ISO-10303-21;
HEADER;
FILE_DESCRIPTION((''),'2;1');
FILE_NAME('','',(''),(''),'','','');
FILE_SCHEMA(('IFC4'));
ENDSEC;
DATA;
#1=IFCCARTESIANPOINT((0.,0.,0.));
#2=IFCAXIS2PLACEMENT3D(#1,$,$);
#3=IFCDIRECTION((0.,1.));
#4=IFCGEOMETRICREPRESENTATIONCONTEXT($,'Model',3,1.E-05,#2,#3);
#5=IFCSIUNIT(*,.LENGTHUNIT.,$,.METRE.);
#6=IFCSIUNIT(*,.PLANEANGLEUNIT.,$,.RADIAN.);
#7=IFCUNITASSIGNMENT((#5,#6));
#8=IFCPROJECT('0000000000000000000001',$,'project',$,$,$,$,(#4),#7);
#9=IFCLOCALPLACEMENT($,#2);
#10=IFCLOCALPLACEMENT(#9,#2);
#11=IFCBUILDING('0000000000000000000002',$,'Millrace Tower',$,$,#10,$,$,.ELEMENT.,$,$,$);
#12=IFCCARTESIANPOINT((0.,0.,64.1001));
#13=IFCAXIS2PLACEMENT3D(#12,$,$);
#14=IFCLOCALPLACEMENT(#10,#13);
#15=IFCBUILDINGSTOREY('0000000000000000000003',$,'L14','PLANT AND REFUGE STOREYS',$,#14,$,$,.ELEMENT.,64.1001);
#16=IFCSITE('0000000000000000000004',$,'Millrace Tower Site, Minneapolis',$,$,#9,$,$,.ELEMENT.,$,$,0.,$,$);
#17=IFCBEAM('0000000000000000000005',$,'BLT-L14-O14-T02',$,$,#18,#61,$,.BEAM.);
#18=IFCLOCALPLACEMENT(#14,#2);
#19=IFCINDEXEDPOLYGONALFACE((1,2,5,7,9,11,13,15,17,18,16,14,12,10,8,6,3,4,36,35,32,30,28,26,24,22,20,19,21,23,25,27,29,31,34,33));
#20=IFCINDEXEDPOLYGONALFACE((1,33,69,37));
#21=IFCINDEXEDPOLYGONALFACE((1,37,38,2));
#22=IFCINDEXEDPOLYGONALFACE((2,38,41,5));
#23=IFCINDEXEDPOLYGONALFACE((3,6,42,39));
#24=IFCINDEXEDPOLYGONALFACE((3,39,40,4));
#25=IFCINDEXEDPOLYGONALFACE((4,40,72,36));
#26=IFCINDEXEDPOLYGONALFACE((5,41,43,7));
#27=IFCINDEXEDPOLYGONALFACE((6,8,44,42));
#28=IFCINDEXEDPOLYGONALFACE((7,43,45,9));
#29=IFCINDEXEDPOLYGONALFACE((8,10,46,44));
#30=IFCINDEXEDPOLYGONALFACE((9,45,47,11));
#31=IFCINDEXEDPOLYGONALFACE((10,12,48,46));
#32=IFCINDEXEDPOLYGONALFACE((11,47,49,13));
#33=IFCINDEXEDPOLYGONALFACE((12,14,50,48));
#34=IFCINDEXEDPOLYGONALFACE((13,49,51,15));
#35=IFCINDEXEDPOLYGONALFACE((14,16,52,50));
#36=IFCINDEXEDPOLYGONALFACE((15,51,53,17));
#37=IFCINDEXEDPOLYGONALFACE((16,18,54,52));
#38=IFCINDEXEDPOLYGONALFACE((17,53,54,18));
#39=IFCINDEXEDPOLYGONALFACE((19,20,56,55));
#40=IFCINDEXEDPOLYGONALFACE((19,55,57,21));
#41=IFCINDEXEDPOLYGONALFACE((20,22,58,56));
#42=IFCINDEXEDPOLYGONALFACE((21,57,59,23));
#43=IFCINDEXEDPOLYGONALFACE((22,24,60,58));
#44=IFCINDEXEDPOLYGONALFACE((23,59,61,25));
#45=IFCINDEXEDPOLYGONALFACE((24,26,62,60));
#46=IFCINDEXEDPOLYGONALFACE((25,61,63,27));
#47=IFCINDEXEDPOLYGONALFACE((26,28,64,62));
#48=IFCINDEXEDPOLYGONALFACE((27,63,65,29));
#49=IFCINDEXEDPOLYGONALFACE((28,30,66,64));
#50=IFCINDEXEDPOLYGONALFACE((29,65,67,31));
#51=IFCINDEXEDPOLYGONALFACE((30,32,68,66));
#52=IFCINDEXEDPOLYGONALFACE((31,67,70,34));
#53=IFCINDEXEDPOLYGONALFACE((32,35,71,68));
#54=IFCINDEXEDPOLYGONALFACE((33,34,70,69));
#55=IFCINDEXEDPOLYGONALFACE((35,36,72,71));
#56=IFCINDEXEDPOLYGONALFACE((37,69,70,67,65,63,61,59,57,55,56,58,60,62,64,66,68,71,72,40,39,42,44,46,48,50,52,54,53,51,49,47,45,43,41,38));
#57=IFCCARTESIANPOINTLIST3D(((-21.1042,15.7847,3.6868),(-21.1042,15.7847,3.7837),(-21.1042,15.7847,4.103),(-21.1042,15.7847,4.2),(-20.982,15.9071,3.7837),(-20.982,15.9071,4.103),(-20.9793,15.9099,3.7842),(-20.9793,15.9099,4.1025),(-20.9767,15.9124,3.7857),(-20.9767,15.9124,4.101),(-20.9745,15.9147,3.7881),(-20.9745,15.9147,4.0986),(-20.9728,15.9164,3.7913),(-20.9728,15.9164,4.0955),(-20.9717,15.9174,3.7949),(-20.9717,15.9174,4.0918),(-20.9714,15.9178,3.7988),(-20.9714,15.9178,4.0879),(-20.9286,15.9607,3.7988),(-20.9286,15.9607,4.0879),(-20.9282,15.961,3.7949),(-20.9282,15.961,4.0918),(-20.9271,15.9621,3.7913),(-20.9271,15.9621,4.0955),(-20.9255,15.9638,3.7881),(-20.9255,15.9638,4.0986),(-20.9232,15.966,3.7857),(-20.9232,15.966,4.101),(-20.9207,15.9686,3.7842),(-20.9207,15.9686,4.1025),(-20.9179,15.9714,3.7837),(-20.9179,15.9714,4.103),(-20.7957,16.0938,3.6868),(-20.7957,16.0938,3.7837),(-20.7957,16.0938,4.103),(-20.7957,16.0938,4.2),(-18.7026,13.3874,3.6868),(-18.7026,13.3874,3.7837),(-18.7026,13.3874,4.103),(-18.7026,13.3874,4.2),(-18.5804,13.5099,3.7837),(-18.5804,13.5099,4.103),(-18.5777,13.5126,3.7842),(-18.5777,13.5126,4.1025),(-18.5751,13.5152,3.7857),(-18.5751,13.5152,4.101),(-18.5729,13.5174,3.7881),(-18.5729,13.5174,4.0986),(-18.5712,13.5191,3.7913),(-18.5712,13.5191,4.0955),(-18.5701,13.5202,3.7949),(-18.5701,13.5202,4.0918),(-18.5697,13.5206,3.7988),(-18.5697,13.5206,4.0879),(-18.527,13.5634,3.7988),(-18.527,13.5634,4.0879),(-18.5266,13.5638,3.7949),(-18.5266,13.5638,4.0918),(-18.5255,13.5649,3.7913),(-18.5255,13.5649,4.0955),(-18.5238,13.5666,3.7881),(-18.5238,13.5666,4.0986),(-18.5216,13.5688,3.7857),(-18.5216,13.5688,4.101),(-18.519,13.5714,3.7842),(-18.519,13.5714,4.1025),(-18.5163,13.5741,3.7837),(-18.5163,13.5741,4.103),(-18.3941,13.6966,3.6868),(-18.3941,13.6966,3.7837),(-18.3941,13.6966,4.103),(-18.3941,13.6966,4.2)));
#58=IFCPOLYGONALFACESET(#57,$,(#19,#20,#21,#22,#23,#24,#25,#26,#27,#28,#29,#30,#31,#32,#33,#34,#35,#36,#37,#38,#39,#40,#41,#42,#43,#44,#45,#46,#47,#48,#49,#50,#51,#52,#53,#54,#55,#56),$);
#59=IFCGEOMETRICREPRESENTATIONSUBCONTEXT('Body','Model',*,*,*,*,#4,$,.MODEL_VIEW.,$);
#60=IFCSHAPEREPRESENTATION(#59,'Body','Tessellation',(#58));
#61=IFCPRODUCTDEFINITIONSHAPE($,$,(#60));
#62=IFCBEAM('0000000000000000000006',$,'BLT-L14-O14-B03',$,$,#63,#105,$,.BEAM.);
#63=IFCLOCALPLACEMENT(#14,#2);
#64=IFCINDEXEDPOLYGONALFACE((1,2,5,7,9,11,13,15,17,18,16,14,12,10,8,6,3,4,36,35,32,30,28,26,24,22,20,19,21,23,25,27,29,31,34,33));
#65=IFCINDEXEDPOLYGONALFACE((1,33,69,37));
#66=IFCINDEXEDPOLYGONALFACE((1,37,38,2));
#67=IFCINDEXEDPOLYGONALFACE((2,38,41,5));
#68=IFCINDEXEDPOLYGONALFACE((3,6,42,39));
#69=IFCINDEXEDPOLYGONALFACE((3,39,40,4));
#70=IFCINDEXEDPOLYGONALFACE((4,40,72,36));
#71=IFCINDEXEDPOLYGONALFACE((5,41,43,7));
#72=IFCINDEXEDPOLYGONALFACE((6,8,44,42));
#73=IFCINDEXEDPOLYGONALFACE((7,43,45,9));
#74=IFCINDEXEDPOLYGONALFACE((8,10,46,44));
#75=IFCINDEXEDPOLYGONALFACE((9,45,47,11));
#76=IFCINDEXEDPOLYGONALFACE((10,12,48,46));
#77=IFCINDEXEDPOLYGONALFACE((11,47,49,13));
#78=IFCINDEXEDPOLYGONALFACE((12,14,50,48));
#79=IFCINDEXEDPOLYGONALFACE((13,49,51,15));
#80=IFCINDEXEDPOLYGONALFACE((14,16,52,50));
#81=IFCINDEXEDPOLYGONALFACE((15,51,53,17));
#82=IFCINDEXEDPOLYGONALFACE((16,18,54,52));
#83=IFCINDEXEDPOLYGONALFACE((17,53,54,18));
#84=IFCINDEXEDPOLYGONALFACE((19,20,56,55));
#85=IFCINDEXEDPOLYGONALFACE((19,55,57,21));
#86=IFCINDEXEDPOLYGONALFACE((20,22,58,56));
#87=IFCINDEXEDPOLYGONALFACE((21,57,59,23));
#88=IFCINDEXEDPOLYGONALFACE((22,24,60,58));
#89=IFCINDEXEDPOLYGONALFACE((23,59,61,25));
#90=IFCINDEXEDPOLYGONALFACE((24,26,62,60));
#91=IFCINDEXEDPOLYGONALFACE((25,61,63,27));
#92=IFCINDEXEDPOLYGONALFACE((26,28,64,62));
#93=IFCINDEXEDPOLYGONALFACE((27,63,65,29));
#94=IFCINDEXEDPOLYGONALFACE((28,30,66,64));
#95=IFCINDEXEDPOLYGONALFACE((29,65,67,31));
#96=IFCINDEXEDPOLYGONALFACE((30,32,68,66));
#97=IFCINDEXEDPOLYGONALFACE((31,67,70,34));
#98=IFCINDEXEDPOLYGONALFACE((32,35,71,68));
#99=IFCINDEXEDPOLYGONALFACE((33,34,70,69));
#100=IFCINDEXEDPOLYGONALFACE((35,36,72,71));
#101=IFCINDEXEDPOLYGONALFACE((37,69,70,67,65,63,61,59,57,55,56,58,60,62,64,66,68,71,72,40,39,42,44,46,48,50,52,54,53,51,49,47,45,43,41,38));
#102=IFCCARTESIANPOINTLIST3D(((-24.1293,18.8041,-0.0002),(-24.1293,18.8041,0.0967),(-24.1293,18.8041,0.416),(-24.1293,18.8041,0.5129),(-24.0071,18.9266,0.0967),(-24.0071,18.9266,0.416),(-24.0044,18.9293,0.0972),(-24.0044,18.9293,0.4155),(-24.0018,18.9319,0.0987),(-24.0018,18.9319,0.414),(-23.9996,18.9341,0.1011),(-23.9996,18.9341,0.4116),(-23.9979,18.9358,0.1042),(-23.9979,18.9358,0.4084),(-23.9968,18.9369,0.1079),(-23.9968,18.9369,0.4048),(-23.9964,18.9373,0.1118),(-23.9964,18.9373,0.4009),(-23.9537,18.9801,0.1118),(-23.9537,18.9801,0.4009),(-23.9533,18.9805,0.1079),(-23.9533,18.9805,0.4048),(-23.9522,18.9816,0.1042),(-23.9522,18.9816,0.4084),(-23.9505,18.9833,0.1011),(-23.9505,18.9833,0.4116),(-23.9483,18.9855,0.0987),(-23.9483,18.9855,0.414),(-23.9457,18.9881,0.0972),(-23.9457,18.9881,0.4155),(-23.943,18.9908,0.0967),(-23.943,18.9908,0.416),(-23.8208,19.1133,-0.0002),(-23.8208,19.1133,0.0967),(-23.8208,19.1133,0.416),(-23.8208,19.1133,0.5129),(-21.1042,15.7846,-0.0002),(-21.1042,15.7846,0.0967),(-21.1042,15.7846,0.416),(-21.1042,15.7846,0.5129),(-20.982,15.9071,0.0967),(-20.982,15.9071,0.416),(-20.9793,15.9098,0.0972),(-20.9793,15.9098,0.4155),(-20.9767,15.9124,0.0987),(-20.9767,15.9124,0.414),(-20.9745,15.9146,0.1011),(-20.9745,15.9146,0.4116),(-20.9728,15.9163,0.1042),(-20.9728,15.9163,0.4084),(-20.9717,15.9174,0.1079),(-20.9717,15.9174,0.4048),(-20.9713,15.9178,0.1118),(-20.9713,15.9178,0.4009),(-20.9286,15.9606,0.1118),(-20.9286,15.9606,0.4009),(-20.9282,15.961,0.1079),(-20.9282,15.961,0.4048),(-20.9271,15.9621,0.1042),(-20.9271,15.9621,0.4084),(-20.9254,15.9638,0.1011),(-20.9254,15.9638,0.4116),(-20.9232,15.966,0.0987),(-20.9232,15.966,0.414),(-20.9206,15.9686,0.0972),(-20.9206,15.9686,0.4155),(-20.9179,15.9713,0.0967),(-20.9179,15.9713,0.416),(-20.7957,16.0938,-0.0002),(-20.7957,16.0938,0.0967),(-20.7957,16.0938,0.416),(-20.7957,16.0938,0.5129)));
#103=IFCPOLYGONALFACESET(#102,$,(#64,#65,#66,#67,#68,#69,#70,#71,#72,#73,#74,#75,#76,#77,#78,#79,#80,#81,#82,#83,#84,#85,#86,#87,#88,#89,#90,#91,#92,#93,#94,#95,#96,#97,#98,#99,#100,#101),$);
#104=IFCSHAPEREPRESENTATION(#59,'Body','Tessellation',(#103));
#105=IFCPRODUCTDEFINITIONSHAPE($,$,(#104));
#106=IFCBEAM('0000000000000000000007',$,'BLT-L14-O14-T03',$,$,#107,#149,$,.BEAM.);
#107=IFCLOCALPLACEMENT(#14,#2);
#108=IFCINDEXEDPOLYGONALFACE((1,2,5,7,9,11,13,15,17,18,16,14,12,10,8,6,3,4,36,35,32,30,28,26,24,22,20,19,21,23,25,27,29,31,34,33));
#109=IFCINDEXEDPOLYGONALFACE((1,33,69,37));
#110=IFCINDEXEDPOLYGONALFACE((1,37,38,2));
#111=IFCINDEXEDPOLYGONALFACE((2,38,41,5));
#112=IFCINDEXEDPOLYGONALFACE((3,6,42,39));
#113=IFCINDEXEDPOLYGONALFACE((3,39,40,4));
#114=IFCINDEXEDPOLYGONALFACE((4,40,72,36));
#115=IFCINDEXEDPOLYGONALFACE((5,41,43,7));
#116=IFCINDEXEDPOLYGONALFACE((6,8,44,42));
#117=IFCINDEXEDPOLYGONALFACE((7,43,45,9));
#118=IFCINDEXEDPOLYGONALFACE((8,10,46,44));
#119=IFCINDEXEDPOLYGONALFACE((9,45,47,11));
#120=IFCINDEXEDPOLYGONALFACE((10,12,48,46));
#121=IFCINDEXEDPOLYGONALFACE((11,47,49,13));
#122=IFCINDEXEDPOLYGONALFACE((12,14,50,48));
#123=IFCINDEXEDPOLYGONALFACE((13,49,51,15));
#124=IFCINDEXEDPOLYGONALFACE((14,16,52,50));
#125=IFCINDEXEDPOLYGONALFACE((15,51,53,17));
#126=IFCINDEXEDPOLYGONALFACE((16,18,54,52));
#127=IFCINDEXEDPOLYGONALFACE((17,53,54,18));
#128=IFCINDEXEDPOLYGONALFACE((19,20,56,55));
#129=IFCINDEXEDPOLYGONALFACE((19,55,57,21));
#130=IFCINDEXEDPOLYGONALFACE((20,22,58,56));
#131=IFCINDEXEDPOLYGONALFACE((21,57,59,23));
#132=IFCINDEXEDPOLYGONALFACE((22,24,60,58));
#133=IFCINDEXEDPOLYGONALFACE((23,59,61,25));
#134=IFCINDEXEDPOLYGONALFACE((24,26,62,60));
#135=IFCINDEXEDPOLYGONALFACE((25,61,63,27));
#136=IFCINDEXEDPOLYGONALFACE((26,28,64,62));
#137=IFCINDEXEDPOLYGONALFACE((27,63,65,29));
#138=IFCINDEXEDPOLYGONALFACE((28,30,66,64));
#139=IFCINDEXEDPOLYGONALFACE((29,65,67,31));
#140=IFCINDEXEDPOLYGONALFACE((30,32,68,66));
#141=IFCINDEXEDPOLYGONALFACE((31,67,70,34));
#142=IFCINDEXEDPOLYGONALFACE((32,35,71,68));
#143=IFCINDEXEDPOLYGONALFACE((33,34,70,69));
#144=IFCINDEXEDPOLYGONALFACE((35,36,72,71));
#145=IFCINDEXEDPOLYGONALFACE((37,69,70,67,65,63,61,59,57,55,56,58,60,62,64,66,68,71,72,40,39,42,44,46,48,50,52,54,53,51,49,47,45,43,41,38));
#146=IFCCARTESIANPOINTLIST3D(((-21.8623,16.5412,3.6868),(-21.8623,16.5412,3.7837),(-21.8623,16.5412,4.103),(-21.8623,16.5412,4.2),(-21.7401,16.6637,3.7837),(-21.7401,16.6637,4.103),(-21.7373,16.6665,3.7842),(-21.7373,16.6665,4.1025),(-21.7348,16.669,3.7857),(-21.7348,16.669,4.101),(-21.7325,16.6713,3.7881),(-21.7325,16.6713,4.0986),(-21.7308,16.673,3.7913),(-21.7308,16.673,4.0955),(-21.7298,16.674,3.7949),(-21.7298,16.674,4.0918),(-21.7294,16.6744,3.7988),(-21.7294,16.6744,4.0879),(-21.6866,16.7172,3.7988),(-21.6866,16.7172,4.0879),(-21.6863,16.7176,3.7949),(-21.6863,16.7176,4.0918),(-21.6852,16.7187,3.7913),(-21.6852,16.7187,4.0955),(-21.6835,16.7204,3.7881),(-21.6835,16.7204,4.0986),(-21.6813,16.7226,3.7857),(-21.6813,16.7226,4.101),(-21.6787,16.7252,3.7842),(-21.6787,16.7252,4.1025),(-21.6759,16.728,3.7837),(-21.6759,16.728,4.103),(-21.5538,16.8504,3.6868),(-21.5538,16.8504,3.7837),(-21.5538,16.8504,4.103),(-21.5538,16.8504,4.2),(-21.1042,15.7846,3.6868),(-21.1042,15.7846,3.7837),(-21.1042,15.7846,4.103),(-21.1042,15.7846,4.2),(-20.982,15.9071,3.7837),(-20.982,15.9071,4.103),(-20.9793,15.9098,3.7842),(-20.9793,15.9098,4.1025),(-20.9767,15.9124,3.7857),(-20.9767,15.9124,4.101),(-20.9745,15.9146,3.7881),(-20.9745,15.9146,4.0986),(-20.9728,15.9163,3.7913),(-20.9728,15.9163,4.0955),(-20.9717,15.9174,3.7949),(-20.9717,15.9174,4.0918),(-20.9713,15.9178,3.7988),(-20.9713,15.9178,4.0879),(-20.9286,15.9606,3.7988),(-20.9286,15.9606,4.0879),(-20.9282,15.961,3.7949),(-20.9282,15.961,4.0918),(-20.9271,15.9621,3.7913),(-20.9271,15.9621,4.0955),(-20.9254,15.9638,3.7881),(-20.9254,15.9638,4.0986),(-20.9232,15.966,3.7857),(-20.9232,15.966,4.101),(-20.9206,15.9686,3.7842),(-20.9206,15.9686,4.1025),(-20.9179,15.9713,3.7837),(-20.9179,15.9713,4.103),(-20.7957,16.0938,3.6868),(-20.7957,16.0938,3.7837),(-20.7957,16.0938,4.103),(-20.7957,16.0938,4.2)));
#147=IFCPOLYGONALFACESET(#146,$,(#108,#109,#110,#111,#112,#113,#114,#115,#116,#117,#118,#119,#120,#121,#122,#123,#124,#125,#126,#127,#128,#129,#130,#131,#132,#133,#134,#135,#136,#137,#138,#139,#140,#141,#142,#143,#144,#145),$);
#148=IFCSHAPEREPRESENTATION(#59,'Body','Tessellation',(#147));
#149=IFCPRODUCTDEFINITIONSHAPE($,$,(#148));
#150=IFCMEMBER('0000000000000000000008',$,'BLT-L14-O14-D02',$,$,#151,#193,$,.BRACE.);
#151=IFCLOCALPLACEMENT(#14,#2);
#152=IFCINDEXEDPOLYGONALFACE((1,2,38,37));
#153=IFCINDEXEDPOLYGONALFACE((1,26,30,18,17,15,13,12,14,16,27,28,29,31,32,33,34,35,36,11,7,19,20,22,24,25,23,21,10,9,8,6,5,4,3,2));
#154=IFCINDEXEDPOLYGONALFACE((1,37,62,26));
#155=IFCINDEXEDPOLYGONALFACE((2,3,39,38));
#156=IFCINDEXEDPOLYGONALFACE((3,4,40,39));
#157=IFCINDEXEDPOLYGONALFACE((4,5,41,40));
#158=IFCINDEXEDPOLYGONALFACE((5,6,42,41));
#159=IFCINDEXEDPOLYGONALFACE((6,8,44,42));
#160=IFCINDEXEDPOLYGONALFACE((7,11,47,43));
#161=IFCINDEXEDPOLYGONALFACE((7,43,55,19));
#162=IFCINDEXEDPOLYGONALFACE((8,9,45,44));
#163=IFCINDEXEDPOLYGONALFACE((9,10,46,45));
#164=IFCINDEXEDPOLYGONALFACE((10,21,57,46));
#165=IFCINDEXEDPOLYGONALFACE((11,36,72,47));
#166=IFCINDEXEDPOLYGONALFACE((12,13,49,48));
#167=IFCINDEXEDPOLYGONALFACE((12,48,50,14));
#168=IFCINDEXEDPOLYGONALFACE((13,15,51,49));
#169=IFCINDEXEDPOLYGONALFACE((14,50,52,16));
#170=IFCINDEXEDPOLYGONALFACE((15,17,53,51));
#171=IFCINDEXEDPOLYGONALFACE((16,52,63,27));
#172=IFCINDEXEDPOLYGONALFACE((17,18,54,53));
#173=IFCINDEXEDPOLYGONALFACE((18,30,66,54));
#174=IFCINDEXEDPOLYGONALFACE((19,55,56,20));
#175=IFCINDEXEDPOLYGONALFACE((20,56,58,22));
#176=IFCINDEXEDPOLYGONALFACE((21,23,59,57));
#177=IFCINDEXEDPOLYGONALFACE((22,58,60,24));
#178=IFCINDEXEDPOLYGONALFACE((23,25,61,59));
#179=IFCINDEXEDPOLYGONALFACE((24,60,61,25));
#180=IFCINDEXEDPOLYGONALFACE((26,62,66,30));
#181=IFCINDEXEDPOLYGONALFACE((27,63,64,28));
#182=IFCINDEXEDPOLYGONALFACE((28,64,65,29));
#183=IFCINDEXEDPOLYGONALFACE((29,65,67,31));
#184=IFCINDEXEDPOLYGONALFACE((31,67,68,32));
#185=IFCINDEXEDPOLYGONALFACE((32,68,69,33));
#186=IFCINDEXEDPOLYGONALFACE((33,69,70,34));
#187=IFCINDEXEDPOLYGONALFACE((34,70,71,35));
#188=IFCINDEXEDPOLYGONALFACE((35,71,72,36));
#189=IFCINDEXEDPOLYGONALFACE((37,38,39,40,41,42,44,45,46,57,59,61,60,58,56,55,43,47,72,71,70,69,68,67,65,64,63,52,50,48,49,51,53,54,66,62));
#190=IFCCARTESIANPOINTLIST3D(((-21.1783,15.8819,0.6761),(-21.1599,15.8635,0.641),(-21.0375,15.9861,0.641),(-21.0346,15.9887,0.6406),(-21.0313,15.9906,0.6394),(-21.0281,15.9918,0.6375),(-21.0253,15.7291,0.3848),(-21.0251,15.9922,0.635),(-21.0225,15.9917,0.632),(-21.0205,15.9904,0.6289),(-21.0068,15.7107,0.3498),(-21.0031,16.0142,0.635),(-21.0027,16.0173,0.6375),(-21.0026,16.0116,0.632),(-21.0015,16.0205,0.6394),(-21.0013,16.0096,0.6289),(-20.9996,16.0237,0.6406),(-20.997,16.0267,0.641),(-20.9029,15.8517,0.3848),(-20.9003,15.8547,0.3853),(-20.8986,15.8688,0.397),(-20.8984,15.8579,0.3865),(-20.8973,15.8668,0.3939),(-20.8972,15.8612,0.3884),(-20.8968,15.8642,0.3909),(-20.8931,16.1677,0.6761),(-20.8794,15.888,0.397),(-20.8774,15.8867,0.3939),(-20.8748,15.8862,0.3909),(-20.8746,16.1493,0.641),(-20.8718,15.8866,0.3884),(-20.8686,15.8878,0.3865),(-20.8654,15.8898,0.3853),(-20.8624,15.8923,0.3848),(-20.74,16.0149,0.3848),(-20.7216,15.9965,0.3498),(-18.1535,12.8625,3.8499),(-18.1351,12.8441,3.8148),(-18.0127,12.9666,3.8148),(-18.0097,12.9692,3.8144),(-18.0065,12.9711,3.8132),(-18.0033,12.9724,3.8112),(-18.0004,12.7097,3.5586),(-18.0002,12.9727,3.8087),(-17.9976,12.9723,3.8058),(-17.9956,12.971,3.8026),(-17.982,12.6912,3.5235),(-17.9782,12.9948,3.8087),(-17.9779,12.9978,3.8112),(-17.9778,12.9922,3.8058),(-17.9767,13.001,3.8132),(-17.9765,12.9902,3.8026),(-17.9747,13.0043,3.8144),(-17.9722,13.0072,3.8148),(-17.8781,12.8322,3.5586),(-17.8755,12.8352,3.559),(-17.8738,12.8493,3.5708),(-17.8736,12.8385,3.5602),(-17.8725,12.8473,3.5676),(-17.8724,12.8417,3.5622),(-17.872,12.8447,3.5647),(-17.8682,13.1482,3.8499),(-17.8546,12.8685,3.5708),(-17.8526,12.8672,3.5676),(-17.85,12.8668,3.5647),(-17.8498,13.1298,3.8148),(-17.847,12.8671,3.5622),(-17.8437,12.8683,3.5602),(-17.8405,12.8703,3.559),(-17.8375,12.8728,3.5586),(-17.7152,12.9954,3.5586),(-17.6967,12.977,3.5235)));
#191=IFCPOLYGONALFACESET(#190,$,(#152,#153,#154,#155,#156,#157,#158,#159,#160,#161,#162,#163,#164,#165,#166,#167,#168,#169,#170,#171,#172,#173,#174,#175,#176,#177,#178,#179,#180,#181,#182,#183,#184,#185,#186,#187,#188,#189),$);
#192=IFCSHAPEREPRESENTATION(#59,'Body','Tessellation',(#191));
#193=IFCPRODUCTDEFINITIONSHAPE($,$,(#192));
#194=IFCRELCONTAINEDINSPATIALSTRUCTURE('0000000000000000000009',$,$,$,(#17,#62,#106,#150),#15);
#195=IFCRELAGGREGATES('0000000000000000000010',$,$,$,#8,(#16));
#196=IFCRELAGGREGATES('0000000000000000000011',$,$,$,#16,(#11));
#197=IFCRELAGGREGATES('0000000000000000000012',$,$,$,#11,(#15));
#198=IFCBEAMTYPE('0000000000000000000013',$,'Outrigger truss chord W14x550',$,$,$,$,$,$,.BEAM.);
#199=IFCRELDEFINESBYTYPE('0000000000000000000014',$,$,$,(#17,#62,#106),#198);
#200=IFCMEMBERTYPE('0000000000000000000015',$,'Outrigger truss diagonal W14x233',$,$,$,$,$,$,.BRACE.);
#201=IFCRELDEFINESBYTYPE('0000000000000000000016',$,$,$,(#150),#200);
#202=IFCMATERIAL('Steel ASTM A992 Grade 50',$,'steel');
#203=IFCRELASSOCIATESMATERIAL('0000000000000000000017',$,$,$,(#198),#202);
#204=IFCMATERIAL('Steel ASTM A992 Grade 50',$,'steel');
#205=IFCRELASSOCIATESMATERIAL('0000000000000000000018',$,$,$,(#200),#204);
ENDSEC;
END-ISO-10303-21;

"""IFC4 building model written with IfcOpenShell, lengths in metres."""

from ifc_helpers import new_model, si_unit, direction, frame, origin, origin_2d, place, context, subcontext, project, spatial, i_section, extrude, material, material_profile, profile_set, type_object, element, save


model = new_model("IFC4")

# Units and contexts
model_context = context("Model", 3, precision=1e-05, world=origin(), true_north=direction((0.0, 1.0)))
body_context = subcontext(model_context, "Body", "Model", "MODEL_VIEW")
ifc_project = project(units=[si_unit("LENGTHUNIT", "METRE"), si_unit("PLANEANGLEUNIT", "RADIAN")], contexts=[model_context])

# Site, building, storey
site_placement = place(None, origin())
site = spatial("IfcSite", under=ifc_project, at=site_placement, Name="Millrace Tower Site, Minneapolis", CompositionType="ELEMENT", RefElevation=0.0)
building_placement = place(site_placement, origin())
building = spatial("IfcBuilding", under=site, at=building_placement, Name="Millrace Tower", CompositionType="ELEMENT")
storey_placement = place(building_placement, frame((0.0, 0.0, 64.1001)))
storey = spatial("IfcBuildingStorey", under=building, at=storey_placement, Name="L14", Description="PLANT AND REFUGE STOREYS", CompositionType="ELEMENT", Elevation=64.1001)

# Beams
ifc_material_1 = material(Name="Steel ASTM A992 Grade 50", Category="steel")
ifc_material_profile_1 = material_profile(ifc_material_1, i_section(OverallWidth=0.4368, OverallDepth=0.5132, WebThickness=0.0605, FlangeThickness=0.0969, FilletRadius=0.0151, at=origin_2d()))
ifc_profile_set_1 = profile_set([ifc_material_profile_1], Name="Steel ASTM A992 Grade 50")
beam_type_1 = type_object("IfcBeamType", Name="Outrigger truss chord W14x550", PredefinedType="BEAM", material=ifc_profile_set_1)
beam_1_placement = place(storey_placement, frame((-18.5483, 13.542, 3.9434), z_axis=(-0.707754, 0.706459, 0.0), x_axis=(-0.706459, -0.707754, 0.0)))
element("IfcBeam", 1, at=beam_1_placement, inside=storey, type_object=beam_type_1, Name="BLT-L14-O14-T02", PredefinedType="BEAM", context=body_context, shape_type="SweptSolid", body=[
    extrude(i_section(OverallWidth=0.4368, OverallDepth=0.5132, WebThickness=0.0605, FlangeThickness=0.0969, FilletRadius=0.0151, at=origin_2d()), origin(), (0.0, 0.0, 1.0), 3.3933),
])
beam_2_placement = place(storey_placement, frame((-20.95, 15.9392, 0.2563), z_axis=(-0.707763, 0.70645, 0.0), x_axis=(-0.70645, -0.707763, 0.0)))
element("IfcBeam", 2, at=beam_2_placement, inside=storey, type_object=beam_type_1, Name="BLT-L14-O14-B03", PredefinedType="BEAM", context=body_context, shape_type="SweptSolid", body=[
    extrude(i_section(OverallWidth=0.4368, OverallDepth=0.5132, WebThickness=0.0605, FlangeThickness=0.0969, FilletRadius=0.0151, at=origin_2d()), origin(), (0.0, 0.0, 1.0), 4.2742),
])
beam_3_placement = place(storey_placement, frame((-20.95, 15.9392, 3.9434), z_axis=(-0.70779, 0.706423, 0.0), x_axis=(-0.706423, -0.70779, 0.0)))
element("IfcBeam", 3, at=beam_3_placement, inside=storey, type_object=beam_type_1, Name="BLT-L14-O14-T03", PredefinedType="BEAM", context=body_context, shape_type="SweptSolid", body=[
    extrude(i_section(OverallWidth=0.4368, OverallDepth=0.5132, WebThickness=0.0605, FlangeThickness=0.0969, FilletRadius=0.0151, at=origin_2d()), origin(), (0.0, 0.0, 1.0), 1.071),
])

# Member
ifc_material_2 = material(Name="Steel ASTM A992 Grade 50", Category="steel")
ifc_material_profile_2 = material_profile(ifc_material_2, i_section(OverallWidth=0.4038, OverallDepth=0.4065, WebThickness=0.0271, FlangeThickness=0.0437, FilletRadius=0.0151, at=origin_2d()))
ifc_profile_set_2 = profile_set([ifc_material_profile_2], Name="Steel ASTM A992 Grade 50")
member_type_1 = type_object("IfcMemberType", Name="Outrigger truss diagonal W14x233", PredefinedType="BRACE", material=ifc_profile_set_2)
member_1_placement = place(storey_placement, frame((-20.95, 15.9392, 0.5129), z_axis=(0.568205, -0.567197, 0.59618), x_axis=(0.706478, 0.707735, 0.0)))
element("IfcMember", 4, at=member_1_placement, inside=storey, type_object=member_type_1, Name="BLT-L14-O14-D02", PredefinedType="BRACE", context=body_context, shape_type="SweptSolid", body=[
    extrude(i_section(OverallWidth=0.4038, OverallDepth=0.4065, WebThickness=0.0271, FlangeThickness=0.0437, FilletRadius=0.0151, at=origin_2d()), origin(), (0.0, 0.0, 1.0), 5.3235),
])

save(model, "model.ifc")
